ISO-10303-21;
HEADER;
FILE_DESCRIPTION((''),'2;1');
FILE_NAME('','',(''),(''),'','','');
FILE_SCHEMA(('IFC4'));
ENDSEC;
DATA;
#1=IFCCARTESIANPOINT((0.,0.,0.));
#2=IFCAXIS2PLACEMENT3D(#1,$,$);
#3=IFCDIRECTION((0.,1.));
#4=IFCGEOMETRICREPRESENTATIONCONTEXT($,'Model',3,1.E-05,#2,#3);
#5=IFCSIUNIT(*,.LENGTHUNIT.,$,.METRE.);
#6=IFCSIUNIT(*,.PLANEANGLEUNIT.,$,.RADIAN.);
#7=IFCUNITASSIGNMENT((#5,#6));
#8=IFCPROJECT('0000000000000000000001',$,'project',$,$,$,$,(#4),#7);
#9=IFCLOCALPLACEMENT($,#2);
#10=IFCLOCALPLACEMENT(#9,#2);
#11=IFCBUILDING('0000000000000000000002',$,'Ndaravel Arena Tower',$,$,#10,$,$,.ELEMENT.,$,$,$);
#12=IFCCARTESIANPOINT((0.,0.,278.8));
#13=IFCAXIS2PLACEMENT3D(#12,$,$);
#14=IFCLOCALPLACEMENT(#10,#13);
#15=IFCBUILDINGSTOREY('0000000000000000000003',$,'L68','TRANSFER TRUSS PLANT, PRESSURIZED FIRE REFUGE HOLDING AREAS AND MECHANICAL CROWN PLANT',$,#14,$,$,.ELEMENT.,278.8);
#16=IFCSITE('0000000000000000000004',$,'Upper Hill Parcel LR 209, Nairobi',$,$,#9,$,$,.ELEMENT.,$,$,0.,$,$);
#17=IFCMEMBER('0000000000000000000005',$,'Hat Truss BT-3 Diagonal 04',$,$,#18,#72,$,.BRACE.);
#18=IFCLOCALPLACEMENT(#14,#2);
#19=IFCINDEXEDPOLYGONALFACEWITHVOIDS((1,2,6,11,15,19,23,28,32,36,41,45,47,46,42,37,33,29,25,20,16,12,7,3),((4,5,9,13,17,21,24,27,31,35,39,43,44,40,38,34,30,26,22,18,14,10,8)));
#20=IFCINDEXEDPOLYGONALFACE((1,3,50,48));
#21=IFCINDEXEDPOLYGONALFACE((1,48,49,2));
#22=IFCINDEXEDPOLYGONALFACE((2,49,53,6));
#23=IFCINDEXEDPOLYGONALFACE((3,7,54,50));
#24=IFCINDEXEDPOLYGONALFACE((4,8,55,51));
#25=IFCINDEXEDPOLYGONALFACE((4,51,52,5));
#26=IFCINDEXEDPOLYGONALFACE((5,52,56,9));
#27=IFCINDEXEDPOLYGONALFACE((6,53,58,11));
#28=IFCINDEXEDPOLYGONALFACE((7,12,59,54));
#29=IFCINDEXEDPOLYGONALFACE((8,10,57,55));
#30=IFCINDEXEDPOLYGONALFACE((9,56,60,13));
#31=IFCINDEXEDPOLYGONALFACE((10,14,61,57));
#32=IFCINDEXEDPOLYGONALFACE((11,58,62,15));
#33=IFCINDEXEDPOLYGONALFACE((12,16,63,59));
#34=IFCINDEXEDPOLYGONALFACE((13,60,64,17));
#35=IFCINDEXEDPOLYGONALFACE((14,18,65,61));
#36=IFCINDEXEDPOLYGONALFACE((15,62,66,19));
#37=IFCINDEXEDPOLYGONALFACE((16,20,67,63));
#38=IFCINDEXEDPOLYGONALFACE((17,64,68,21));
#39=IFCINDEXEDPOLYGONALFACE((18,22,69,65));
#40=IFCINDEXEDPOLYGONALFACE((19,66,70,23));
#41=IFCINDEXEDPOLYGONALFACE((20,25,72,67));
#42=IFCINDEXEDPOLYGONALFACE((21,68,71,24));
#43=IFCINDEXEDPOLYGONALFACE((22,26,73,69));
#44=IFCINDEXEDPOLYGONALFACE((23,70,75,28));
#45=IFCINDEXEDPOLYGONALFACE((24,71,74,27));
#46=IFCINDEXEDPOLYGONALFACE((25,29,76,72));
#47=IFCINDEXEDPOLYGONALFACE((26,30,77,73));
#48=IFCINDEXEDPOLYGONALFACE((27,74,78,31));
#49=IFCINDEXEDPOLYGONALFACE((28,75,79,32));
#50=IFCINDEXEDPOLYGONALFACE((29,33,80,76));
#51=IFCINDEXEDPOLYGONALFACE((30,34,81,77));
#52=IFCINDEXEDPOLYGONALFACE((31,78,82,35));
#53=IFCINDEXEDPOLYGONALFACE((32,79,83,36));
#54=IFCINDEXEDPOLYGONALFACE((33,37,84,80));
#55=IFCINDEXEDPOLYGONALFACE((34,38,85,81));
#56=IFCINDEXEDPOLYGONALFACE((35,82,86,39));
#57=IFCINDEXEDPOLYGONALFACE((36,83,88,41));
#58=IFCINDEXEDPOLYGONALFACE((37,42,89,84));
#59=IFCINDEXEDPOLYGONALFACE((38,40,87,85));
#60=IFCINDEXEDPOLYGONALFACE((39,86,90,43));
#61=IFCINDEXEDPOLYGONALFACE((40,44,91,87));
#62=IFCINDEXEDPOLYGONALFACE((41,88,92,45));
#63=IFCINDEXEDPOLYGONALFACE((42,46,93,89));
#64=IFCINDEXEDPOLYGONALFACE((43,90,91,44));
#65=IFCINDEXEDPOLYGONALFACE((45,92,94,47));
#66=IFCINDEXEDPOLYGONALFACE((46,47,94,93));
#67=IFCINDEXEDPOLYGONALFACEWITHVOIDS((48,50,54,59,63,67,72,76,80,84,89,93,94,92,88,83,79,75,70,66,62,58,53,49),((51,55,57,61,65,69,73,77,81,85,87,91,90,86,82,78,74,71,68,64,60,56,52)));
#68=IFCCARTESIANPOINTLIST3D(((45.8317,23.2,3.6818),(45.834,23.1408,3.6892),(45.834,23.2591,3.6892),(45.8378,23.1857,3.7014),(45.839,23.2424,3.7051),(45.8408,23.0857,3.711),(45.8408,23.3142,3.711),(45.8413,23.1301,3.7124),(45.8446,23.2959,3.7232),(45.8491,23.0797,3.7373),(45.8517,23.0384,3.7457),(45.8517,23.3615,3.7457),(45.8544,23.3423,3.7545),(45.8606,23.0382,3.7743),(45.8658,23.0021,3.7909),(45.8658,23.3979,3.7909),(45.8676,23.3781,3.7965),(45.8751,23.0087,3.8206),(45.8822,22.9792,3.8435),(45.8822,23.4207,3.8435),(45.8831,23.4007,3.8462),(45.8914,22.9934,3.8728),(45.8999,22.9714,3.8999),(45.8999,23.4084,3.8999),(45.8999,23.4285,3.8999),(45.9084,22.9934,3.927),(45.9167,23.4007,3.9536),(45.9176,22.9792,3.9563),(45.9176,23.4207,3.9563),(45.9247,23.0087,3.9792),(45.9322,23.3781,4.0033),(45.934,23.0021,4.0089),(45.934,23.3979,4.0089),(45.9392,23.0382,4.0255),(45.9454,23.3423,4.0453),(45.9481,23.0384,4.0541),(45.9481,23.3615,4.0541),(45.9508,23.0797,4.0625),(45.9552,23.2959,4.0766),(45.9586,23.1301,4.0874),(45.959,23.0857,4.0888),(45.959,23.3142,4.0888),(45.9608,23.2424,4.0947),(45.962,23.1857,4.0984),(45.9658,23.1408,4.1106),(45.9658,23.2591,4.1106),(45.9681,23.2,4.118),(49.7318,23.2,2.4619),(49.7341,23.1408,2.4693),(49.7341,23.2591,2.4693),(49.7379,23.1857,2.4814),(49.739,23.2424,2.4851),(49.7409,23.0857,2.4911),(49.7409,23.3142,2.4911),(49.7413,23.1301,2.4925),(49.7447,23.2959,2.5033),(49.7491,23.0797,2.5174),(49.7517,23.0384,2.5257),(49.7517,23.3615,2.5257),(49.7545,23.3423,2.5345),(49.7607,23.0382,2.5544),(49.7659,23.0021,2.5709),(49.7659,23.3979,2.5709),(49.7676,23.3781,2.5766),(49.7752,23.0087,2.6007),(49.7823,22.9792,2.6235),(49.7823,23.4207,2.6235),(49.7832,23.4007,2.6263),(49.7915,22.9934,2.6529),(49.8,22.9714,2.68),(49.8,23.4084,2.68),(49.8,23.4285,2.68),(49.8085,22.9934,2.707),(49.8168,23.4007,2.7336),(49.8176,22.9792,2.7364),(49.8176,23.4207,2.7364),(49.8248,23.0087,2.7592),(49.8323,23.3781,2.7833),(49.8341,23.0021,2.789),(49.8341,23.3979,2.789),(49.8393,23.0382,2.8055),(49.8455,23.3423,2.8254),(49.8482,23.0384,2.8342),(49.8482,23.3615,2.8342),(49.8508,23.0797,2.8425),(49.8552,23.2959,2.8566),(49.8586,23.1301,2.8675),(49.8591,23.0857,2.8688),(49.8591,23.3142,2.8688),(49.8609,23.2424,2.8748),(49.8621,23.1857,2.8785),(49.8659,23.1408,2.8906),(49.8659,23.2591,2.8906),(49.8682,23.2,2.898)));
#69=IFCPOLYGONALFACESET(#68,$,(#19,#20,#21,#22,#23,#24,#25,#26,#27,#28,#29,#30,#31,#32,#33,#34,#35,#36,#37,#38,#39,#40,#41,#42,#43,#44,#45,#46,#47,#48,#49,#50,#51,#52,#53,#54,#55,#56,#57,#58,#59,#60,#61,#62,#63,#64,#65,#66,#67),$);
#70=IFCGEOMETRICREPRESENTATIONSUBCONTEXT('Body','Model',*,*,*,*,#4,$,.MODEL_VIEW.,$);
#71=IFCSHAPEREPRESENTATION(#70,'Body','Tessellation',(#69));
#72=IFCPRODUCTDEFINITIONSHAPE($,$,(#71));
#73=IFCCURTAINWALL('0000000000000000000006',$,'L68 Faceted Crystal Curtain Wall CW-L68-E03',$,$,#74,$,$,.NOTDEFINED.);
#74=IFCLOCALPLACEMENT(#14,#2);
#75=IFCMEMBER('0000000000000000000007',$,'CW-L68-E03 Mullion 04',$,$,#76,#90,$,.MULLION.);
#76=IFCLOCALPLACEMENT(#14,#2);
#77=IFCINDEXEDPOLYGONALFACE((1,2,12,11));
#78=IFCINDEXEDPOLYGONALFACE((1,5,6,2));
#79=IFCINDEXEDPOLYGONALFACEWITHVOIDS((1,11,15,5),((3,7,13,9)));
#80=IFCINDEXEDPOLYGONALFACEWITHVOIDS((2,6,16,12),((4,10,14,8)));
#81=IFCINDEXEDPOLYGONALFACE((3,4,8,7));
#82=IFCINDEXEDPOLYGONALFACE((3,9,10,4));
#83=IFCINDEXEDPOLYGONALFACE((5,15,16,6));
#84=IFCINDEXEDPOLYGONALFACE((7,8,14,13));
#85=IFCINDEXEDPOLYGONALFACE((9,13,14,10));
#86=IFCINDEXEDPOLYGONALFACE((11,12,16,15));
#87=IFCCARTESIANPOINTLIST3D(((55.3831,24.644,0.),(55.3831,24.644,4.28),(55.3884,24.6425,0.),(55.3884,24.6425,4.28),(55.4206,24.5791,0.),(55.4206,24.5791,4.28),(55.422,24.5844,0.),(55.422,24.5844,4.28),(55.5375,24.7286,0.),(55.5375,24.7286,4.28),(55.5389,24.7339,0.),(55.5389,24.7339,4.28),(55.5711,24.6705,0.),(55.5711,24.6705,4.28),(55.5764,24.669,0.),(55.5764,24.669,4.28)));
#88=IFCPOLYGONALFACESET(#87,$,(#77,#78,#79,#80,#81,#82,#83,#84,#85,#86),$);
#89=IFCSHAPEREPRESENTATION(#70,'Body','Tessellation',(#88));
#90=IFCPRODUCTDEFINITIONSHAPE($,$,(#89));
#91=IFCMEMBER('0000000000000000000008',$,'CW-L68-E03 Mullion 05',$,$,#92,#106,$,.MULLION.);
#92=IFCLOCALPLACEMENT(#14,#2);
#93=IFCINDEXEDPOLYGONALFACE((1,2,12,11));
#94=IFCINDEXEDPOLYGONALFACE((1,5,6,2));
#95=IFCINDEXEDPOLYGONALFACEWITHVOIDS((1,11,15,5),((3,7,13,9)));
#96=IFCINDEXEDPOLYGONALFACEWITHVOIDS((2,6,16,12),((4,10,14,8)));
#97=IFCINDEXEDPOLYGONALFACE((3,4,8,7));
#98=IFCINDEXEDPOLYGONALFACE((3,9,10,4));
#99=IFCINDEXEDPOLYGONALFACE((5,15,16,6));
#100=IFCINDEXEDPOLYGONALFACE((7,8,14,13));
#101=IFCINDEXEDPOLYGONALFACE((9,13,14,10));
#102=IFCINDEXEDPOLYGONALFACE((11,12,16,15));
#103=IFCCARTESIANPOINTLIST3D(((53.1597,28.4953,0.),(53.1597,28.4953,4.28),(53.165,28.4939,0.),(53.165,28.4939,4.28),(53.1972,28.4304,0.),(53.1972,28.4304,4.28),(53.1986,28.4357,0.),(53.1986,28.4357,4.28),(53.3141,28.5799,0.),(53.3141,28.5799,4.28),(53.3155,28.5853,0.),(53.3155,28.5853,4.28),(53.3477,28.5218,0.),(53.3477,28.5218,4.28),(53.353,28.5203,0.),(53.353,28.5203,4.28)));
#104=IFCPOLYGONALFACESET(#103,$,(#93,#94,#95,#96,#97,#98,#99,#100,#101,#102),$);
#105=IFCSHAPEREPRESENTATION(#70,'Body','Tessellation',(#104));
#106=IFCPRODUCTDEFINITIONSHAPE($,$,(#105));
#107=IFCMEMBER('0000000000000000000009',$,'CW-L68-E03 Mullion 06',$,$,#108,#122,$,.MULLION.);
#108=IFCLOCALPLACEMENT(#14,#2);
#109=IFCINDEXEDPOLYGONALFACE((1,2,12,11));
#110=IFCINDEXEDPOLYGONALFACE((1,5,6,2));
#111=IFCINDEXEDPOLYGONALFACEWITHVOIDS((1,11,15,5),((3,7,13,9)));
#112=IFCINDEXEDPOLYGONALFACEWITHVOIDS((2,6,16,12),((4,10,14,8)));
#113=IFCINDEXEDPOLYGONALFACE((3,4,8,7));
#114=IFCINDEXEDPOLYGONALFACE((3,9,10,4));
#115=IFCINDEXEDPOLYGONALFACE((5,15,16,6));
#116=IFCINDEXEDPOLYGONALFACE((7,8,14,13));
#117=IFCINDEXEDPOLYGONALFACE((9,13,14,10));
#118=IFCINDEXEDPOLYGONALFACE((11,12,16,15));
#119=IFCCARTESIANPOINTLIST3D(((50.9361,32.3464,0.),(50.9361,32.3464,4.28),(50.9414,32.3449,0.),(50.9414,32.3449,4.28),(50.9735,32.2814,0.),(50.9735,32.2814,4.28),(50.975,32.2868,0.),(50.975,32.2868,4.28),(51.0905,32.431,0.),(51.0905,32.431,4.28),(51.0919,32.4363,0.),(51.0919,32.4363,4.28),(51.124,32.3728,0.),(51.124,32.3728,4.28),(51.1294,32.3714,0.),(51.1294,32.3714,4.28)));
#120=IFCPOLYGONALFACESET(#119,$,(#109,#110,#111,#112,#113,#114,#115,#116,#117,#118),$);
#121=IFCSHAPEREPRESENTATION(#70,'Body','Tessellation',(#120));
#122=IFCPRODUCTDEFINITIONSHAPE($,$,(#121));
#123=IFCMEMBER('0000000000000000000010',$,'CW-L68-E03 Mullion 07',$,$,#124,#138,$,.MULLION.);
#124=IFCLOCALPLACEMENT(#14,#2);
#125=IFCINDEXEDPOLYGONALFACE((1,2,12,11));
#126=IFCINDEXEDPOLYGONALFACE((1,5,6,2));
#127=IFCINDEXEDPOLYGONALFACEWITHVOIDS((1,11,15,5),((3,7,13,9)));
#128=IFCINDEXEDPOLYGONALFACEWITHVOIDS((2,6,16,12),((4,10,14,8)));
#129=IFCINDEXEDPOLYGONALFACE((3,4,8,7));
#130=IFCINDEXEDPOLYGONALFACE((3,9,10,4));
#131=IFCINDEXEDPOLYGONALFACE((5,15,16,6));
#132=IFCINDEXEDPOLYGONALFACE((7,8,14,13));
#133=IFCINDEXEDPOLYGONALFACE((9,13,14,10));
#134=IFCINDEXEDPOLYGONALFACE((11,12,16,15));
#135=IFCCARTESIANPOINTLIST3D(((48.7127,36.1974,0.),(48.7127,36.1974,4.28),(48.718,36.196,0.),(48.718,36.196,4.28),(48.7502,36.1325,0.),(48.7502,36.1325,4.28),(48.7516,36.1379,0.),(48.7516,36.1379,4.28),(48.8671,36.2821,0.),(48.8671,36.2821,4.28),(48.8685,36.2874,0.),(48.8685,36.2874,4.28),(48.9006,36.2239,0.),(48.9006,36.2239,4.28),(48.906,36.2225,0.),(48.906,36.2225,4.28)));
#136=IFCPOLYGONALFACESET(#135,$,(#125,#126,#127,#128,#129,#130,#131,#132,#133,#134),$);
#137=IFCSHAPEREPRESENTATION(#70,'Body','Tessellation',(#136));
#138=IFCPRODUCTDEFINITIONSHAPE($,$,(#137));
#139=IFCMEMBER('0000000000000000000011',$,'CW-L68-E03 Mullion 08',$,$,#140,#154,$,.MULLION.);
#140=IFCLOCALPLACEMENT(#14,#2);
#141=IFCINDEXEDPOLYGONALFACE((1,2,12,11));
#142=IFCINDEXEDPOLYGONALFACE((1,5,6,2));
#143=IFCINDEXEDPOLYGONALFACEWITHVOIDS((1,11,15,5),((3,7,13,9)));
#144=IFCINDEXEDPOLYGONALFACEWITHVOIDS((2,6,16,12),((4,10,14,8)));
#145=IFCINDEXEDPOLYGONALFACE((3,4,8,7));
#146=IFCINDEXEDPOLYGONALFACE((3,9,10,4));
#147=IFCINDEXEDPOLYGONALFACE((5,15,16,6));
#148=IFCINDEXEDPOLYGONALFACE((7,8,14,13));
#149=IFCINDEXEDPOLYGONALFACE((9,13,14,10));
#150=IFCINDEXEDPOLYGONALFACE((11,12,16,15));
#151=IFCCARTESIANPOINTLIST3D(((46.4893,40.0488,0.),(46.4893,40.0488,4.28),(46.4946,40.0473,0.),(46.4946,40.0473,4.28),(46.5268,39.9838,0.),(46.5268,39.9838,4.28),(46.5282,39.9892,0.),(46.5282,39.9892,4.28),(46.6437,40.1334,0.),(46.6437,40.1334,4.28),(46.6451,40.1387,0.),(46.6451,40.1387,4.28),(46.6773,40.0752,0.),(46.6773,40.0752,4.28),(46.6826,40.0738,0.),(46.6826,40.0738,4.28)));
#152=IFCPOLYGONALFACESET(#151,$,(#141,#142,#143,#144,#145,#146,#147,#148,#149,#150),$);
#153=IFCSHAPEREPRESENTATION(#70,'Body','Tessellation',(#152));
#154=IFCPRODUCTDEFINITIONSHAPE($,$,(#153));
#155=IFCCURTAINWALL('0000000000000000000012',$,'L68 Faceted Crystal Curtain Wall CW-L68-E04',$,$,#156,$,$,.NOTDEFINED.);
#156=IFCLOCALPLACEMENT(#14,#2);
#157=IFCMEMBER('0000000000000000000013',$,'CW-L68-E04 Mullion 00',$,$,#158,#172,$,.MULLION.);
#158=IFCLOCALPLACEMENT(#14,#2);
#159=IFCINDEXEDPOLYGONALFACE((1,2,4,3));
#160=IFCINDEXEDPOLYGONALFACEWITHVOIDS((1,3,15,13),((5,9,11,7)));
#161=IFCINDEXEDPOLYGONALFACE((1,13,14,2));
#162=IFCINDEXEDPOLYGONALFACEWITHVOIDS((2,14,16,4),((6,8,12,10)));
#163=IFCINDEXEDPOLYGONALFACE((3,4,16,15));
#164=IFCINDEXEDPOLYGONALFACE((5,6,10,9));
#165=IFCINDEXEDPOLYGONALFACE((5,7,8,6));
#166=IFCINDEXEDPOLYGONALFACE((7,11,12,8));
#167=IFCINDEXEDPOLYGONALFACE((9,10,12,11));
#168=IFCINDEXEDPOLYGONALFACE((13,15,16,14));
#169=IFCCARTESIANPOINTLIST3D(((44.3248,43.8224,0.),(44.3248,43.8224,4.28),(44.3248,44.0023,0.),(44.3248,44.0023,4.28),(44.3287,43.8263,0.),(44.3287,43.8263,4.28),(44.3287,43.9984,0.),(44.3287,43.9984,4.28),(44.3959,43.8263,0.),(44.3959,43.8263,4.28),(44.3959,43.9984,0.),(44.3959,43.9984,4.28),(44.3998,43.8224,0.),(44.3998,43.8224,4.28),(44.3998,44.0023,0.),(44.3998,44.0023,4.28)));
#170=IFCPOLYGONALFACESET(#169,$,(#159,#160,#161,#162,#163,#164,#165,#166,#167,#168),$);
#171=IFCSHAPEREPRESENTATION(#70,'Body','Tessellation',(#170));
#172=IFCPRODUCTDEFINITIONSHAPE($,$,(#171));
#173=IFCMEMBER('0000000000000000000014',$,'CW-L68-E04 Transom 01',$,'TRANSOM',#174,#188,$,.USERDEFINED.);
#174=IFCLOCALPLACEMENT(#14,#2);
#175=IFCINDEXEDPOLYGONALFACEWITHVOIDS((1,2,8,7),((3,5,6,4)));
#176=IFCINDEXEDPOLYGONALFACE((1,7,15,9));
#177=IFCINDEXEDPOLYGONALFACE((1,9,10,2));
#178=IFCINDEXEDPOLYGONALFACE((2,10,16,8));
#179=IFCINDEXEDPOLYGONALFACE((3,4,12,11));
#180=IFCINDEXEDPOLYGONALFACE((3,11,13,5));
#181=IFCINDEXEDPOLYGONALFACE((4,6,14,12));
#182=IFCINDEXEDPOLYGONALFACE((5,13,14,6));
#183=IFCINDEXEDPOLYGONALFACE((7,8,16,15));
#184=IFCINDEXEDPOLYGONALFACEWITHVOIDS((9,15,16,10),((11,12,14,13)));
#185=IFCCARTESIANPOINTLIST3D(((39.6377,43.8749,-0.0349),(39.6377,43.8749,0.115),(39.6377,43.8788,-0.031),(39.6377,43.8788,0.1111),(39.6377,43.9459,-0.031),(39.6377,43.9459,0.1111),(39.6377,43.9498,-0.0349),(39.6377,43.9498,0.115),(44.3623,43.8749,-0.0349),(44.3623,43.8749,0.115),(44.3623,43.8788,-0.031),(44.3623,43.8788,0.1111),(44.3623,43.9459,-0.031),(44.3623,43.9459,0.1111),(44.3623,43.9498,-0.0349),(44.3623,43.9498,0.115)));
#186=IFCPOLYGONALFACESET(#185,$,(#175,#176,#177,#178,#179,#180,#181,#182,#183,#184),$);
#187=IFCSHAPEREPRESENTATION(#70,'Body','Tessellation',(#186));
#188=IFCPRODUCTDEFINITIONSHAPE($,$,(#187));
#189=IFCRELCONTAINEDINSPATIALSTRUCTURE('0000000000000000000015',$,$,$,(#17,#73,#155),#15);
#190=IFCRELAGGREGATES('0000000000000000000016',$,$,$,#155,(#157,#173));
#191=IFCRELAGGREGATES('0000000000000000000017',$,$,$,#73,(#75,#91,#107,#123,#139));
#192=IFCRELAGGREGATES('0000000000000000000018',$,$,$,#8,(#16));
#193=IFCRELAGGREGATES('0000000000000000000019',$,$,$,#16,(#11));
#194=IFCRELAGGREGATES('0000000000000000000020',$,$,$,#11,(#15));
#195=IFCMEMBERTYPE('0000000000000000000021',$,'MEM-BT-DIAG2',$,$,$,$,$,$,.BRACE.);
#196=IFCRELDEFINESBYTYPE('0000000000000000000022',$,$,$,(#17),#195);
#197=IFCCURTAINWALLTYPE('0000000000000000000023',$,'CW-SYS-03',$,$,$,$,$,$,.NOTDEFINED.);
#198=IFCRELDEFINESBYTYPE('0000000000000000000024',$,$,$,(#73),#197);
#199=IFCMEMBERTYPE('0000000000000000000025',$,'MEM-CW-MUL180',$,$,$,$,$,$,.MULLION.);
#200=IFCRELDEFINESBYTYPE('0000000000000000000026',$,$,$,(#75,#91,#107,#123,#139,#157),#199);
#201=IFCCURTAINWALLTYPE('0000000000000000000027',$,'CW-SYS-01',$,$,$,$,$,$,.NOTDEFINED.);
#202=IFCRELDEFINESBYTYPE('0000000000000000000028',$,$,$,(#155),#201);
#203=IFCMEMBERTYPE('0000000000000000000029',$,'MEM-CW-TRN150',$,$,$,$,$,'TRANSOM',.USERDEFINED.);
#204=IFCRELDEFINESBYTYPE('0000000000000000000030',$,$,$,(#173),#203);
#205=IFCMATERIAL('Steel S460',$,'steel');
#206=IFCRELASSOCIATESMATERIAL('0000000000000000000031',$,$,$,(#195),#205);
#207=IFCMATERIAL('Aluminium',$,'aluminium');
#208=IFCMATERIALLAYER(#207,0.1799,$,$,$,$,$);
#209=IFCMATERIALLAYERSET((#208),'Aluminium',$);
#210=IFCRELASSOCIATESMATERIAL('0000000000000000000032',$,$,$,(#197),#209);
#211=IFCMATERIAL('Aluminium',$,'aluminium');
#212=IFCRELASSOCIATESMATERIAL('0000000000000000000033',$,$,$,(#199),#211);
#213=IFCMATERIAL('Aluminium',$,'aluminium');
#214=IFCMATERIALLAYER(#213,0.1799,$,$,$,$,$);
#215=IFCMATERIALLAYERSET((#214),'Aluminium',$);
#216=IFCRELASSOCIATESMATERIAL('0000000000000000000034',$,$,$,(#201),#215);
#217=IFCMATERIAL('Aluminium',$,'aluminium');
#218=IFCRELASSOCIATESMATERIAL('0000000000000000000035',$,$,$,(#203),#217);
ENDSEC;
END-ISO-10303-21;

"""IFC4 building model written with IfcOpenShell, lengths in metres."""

from ifc_helpers import new_model, si_unit, direction, frame, origin, origin_2d, place, context, subcontext, project, spatial, hollow_rectangle, hollow_circle, extrude, material, layer, layer_set, material_profile, profile_set, type_object, element, aggregate, save


model = new_model("IFC4")

# Units and contexts
model_context = context("Model", 3, precision=1e-05, world=origin(), true_north=direction((0.0, 1.0)))
body_context = subcontext(model_context, "Body", "Model", "MODEL_VIEW")
ifc_project = project(units=[si_unit("LENGTHUNIT", "METRE"), si_unit("PLANEANGLEUNIT", "RADIAN")], contexts=[model_context])

# Site, building, storey
site_placement = place(None, origin())
site = spatial("IfcSite", under=ifc_project, at=site_placement, Name="Upper Hill Parcel LR 209, Nairobi", CompositionType="ELEMENT", RefElevation=0.0)
building_placement = place(site_placement, origin())
building = spatial("IfcBuilding", under=site, at=building_placement, Name="Ndaravel Arena Tower", CompositionType="ELEMENT")
storey_placement = place(building_placement, frame((0.0, 0.0, 278.8)))
storey = spatial("IfcBuildingStorey", under=building, at=storey_placement, Name="L68", Description="TRANSFER TRUSS PLANT, PRESSURIZED FIRE REFUGE HOLDING AREAS AND MECHANICAL CROWN PLANT", CompositionType="ELEMENT", Elevation=278.8)

# Member
ifc_material_1 = material(Name="Steel S460", Category="steel")
ifc_material_profile_1 = material_profile(ifc_material_1, hollow_circle(Radius=0.2285, WallThickness=0.02, at=origin_2d()), Name="CHS 457x20")
ifc_profile_set_1 = profile_set([ifc_material_profile_1], Name="Steel S460")
member_type_1 = type_object("IfcMemberType", Name="MEM-BT-DIAG2", PredefinedType="BRACE", material=ifc_profile_set_1)
member_1_placement = place(storey_placement, frame((45.8999, 23.2, 3.8999), z_axis=(0.954398, 0.0, -0.298537), x_axis=(0.0, 1.0, 0.0)))
element("IfcMember", 1, at=member_1_placement, inside=storey, type_object=member_type_1, Name="Hat Truss BT-3 Diagonal 04", PredefinedType="BRACE", context=body_context, shape_type="SweptSolid", body=[
    extrude(hollow_circle(Radius=0.2285, WallThickness=0.02, at=origin_2d()), origin(), (0.0, 0.0, 1.0), 4.0864),
])

# Curtain walls, members
ifc_material_2 = material(Name="Aluminium", Category="aluminium")
ifc_layer_1 = layer(ifc_material_2, 0.1799)
ifc_layer_set_1 = layer_set([ifc_layer_1], Name="Aluminium")
curtain_wall_type_1 = type_object("IfcCurtainWallType", Name="CW-SYS-03", PredefinedType="NOTDEFINED", material=ifc_layer_set_1)
curtain_wall_1_placement = place(storey_placement, origin())
curtain_wall_1 = element("IfcCurtainWall", 2, at=curtain_wall_1_placement, inside=storey, type_object=curtain_wall_type_1, Name="L68 Faceted Crystal Curtain Wall CW-L68-E03", PredefinedType="NOTDEFINED")
ifc_material_3 = material(Name="Aluminium", Category="aluminium")
ifc_material_profile_2 = material_profile(ifc_material_3, hollow_rectangle(XDim=0.075, YDim=0.1799, WallThickness=0.0039, at=origin_2d()), Name="CW MULLION 75x180x4")
ifc_profile_set_2 = profile_set([ifc_material_profile_2], Name="Aluminium")
member_type_2 = type_object("IfcMemberType", Name="MEM-CW-MUL180", PredefinedType="MULLION", material=ifc_profile_set_2)
member_2_placement = place(storey_placement, frame((55.4797, 24.6565, 0.0), z_axis=(0.0, 0.0, 1.0), x_axis=(-0.5, 0.866025, 0.0)))
member_2 = element("IfcMember", 3, at=member_2_placement, type_object=member_type_2, Name="CW-L68-E03 Mullion 04", PredefinedType="MULLION", context=body_context, shape_type="SweptSolid", body=[
    extrude(hollow_rectangle(XDim=0.075, YDim=0.1799, WallThickness=0.0039, at=origin_2d()), origin(), (0.0, 0.0, 1.0), 4.28),
])
member_3_placement = place(storey_placement, frame((53.2563, 28.5078, 0.0), z_axis=(0.0, 0.0, 1.0), x_axis=(-0.5, 0.866025, 0.0)))
member_3 = element("IfcMember", 4, at=member_3_placement, type_object=member_type_2, Name="CW-L68-E03 Mullion 05", PredefinedType="MULLION", context=body_context, shape_type="SweptSolid", body=[
    extrude(hollow_rectangle(XDim=0.075, YDim=0.1799, WallThickness=0.0039, at=origin_2d()), origin(), (0.0, 0.0, 1.0), 4.28),
])
member_4_placement = place(storey_placement, frame((51.0327, 32.3589, 0.0), z_axis=(0.0, 0.0, 1.0), x_axis=(-0.5, 0.866025, 0.0)))
member_4 = element("IfcMember", 5, at=member_4_placement, type_object=member_type_2, Name="CW-L68-E03 Mullion 06", PredefinedType="MULLION", context=body_context, shape_type="SweptSolid", body=[
    extrude(hollow_rectangle(XDim=0.075, YDim=0.1799, WallThickness=0.0039, at=origin_2d()), origin(), (0.0, 0.0, 1.0), 4.28),
])
member_5_placement = place(storey_placement, frame((48.8093, 36.21, 0.0), z_axis=(0.0, 0.0, 1.0), x_axis=(-0.5, 0.866025, 0.0)))
member_5 = element("IfcMember", 6, at=member_5_placement, type_object=member_type_2, Name="CW-L68-E03 Mullion 07", PredefinedType="MULLION", context=body_context, shape_type="SweptSolid", body=[
    extrude(hollow_rectangle(XDim=0.075, YDim=0.1799, WallThickness=0.0039, at=origin_2d()), origin(), (0.0, 0.0, 1.0), 4.28),
])
member_6_placement = place(storey_placement, frame((46.5859, 40.0613, 0.0), z_axis=(0.0, 0.0, 1.0), x_axis=(-0.5, 0.866025, 0.0)))
member_6 = element("IfcMember", 7, at=member_6_placement, type_object=member_type_2, Name="CW-L68-E03 Mullion 08", PredefinedType="MULLION", context=body_context, shape_type="SweptSolid", body=[
    extrude(hollow_rectangle(XDim=0.075, YDim=0.1799, WallThickness=0.0039, at=origin_2d()), origin(), (0.0, 0.0, 1.0), 4.28),
])
ifc_material_4 = material(Name="Aluminium", Category="aluminium")
ifc_layer_2 = layer(ifc_material_4, 0.1799)
ifc_layer_set_2 = layer_set([ifc_layer_2], Name="Aluminium")
curtain_wall_type_2 = type_object("IfcCurtainWallType", Name="CW-SYS-01", PredefinedType="NOTDEFINED", material=ifc_layer_set_2)
curtain_wall_2_placement = place(storey_placement, origin())
curtain_wall_2 = element("IfcCurtainWall", 8, at=curtain_wall_2_placement, inside=storey, type_object=curtain_wall_type_2, Name="L68 Faceted Crystal Curtain Wall CW-L68-E04", PredefinedType="NOTDEFINED")
member_7_placement = place(storey_placement, frame((44.3623, 43.9124, 0.0), z_axis=(0.0, 0.0, 1.0), x_axis=(-1.0, 0.0, 0.0)))
member_7 = element("IfcMember", 9, at=member_7_placement, type_object=member_type_2, Name="CW-L68-E04 Mullion 00", PredefinedType="MULLION", context=body_context, shape_type="SweptSolid", body=[
    extrude(hollow_rectangle(XDim=0.075, YDim=0.1799, WallThickness=0.0039, at=origin_2d()), origin(), (0.0, 0.0, 1.0), 4.28),
])
ifc_material_5 = material(Name="Aluminium", Category="aluminium")
ifc_material_profile_3 = material_profile(ifc_material_5, hollow_rectangle(XDim=0.075, YDim=0.1499, WallThickness=0.0039, at=origin_2d()), Name="CW TRANSOM 75x150x4")
ifc_profile_set_3 = profile_set([ifc_material_profile_3], Name="Aluminium")
member_type_3 = type_object("IfcMemberType", Name="MEM-CW-TRN150", ElementType="TRANSOM", PredefinedType="USERDEFINED", material=ifc_profile_set_3)
member_8_placement = place(storey_placement, frame((44.3623, 43.9124, 0.04), z_axis=(-1.0, 0.0, 0.0), x_axis=(0.0, -1.0, 0.0)))
member_8 = element("IfcMember", 10, at=member_8_placement, type_object=member_type_3, Name="CW-L68-E04 Transom 01", ObjectType="TRANSOM", PredefinedType="USERDEFINED", context=body_context, shape_type="SweptSolid", body=[
    extrude(hollow_rectangle(XDim=0.075, YDim=0.1499, WallThickness=0.0039, at=origin_2d()), origin(), (0.0, 0.0, 1.0), 4.7246),
])
aggregate(curtain_wall_2, [member_7, member_8])

aggregate(curtain_wall_1, [member_2, member_3, member_4, member_5, member_6])

save(model, "model.ifc")
